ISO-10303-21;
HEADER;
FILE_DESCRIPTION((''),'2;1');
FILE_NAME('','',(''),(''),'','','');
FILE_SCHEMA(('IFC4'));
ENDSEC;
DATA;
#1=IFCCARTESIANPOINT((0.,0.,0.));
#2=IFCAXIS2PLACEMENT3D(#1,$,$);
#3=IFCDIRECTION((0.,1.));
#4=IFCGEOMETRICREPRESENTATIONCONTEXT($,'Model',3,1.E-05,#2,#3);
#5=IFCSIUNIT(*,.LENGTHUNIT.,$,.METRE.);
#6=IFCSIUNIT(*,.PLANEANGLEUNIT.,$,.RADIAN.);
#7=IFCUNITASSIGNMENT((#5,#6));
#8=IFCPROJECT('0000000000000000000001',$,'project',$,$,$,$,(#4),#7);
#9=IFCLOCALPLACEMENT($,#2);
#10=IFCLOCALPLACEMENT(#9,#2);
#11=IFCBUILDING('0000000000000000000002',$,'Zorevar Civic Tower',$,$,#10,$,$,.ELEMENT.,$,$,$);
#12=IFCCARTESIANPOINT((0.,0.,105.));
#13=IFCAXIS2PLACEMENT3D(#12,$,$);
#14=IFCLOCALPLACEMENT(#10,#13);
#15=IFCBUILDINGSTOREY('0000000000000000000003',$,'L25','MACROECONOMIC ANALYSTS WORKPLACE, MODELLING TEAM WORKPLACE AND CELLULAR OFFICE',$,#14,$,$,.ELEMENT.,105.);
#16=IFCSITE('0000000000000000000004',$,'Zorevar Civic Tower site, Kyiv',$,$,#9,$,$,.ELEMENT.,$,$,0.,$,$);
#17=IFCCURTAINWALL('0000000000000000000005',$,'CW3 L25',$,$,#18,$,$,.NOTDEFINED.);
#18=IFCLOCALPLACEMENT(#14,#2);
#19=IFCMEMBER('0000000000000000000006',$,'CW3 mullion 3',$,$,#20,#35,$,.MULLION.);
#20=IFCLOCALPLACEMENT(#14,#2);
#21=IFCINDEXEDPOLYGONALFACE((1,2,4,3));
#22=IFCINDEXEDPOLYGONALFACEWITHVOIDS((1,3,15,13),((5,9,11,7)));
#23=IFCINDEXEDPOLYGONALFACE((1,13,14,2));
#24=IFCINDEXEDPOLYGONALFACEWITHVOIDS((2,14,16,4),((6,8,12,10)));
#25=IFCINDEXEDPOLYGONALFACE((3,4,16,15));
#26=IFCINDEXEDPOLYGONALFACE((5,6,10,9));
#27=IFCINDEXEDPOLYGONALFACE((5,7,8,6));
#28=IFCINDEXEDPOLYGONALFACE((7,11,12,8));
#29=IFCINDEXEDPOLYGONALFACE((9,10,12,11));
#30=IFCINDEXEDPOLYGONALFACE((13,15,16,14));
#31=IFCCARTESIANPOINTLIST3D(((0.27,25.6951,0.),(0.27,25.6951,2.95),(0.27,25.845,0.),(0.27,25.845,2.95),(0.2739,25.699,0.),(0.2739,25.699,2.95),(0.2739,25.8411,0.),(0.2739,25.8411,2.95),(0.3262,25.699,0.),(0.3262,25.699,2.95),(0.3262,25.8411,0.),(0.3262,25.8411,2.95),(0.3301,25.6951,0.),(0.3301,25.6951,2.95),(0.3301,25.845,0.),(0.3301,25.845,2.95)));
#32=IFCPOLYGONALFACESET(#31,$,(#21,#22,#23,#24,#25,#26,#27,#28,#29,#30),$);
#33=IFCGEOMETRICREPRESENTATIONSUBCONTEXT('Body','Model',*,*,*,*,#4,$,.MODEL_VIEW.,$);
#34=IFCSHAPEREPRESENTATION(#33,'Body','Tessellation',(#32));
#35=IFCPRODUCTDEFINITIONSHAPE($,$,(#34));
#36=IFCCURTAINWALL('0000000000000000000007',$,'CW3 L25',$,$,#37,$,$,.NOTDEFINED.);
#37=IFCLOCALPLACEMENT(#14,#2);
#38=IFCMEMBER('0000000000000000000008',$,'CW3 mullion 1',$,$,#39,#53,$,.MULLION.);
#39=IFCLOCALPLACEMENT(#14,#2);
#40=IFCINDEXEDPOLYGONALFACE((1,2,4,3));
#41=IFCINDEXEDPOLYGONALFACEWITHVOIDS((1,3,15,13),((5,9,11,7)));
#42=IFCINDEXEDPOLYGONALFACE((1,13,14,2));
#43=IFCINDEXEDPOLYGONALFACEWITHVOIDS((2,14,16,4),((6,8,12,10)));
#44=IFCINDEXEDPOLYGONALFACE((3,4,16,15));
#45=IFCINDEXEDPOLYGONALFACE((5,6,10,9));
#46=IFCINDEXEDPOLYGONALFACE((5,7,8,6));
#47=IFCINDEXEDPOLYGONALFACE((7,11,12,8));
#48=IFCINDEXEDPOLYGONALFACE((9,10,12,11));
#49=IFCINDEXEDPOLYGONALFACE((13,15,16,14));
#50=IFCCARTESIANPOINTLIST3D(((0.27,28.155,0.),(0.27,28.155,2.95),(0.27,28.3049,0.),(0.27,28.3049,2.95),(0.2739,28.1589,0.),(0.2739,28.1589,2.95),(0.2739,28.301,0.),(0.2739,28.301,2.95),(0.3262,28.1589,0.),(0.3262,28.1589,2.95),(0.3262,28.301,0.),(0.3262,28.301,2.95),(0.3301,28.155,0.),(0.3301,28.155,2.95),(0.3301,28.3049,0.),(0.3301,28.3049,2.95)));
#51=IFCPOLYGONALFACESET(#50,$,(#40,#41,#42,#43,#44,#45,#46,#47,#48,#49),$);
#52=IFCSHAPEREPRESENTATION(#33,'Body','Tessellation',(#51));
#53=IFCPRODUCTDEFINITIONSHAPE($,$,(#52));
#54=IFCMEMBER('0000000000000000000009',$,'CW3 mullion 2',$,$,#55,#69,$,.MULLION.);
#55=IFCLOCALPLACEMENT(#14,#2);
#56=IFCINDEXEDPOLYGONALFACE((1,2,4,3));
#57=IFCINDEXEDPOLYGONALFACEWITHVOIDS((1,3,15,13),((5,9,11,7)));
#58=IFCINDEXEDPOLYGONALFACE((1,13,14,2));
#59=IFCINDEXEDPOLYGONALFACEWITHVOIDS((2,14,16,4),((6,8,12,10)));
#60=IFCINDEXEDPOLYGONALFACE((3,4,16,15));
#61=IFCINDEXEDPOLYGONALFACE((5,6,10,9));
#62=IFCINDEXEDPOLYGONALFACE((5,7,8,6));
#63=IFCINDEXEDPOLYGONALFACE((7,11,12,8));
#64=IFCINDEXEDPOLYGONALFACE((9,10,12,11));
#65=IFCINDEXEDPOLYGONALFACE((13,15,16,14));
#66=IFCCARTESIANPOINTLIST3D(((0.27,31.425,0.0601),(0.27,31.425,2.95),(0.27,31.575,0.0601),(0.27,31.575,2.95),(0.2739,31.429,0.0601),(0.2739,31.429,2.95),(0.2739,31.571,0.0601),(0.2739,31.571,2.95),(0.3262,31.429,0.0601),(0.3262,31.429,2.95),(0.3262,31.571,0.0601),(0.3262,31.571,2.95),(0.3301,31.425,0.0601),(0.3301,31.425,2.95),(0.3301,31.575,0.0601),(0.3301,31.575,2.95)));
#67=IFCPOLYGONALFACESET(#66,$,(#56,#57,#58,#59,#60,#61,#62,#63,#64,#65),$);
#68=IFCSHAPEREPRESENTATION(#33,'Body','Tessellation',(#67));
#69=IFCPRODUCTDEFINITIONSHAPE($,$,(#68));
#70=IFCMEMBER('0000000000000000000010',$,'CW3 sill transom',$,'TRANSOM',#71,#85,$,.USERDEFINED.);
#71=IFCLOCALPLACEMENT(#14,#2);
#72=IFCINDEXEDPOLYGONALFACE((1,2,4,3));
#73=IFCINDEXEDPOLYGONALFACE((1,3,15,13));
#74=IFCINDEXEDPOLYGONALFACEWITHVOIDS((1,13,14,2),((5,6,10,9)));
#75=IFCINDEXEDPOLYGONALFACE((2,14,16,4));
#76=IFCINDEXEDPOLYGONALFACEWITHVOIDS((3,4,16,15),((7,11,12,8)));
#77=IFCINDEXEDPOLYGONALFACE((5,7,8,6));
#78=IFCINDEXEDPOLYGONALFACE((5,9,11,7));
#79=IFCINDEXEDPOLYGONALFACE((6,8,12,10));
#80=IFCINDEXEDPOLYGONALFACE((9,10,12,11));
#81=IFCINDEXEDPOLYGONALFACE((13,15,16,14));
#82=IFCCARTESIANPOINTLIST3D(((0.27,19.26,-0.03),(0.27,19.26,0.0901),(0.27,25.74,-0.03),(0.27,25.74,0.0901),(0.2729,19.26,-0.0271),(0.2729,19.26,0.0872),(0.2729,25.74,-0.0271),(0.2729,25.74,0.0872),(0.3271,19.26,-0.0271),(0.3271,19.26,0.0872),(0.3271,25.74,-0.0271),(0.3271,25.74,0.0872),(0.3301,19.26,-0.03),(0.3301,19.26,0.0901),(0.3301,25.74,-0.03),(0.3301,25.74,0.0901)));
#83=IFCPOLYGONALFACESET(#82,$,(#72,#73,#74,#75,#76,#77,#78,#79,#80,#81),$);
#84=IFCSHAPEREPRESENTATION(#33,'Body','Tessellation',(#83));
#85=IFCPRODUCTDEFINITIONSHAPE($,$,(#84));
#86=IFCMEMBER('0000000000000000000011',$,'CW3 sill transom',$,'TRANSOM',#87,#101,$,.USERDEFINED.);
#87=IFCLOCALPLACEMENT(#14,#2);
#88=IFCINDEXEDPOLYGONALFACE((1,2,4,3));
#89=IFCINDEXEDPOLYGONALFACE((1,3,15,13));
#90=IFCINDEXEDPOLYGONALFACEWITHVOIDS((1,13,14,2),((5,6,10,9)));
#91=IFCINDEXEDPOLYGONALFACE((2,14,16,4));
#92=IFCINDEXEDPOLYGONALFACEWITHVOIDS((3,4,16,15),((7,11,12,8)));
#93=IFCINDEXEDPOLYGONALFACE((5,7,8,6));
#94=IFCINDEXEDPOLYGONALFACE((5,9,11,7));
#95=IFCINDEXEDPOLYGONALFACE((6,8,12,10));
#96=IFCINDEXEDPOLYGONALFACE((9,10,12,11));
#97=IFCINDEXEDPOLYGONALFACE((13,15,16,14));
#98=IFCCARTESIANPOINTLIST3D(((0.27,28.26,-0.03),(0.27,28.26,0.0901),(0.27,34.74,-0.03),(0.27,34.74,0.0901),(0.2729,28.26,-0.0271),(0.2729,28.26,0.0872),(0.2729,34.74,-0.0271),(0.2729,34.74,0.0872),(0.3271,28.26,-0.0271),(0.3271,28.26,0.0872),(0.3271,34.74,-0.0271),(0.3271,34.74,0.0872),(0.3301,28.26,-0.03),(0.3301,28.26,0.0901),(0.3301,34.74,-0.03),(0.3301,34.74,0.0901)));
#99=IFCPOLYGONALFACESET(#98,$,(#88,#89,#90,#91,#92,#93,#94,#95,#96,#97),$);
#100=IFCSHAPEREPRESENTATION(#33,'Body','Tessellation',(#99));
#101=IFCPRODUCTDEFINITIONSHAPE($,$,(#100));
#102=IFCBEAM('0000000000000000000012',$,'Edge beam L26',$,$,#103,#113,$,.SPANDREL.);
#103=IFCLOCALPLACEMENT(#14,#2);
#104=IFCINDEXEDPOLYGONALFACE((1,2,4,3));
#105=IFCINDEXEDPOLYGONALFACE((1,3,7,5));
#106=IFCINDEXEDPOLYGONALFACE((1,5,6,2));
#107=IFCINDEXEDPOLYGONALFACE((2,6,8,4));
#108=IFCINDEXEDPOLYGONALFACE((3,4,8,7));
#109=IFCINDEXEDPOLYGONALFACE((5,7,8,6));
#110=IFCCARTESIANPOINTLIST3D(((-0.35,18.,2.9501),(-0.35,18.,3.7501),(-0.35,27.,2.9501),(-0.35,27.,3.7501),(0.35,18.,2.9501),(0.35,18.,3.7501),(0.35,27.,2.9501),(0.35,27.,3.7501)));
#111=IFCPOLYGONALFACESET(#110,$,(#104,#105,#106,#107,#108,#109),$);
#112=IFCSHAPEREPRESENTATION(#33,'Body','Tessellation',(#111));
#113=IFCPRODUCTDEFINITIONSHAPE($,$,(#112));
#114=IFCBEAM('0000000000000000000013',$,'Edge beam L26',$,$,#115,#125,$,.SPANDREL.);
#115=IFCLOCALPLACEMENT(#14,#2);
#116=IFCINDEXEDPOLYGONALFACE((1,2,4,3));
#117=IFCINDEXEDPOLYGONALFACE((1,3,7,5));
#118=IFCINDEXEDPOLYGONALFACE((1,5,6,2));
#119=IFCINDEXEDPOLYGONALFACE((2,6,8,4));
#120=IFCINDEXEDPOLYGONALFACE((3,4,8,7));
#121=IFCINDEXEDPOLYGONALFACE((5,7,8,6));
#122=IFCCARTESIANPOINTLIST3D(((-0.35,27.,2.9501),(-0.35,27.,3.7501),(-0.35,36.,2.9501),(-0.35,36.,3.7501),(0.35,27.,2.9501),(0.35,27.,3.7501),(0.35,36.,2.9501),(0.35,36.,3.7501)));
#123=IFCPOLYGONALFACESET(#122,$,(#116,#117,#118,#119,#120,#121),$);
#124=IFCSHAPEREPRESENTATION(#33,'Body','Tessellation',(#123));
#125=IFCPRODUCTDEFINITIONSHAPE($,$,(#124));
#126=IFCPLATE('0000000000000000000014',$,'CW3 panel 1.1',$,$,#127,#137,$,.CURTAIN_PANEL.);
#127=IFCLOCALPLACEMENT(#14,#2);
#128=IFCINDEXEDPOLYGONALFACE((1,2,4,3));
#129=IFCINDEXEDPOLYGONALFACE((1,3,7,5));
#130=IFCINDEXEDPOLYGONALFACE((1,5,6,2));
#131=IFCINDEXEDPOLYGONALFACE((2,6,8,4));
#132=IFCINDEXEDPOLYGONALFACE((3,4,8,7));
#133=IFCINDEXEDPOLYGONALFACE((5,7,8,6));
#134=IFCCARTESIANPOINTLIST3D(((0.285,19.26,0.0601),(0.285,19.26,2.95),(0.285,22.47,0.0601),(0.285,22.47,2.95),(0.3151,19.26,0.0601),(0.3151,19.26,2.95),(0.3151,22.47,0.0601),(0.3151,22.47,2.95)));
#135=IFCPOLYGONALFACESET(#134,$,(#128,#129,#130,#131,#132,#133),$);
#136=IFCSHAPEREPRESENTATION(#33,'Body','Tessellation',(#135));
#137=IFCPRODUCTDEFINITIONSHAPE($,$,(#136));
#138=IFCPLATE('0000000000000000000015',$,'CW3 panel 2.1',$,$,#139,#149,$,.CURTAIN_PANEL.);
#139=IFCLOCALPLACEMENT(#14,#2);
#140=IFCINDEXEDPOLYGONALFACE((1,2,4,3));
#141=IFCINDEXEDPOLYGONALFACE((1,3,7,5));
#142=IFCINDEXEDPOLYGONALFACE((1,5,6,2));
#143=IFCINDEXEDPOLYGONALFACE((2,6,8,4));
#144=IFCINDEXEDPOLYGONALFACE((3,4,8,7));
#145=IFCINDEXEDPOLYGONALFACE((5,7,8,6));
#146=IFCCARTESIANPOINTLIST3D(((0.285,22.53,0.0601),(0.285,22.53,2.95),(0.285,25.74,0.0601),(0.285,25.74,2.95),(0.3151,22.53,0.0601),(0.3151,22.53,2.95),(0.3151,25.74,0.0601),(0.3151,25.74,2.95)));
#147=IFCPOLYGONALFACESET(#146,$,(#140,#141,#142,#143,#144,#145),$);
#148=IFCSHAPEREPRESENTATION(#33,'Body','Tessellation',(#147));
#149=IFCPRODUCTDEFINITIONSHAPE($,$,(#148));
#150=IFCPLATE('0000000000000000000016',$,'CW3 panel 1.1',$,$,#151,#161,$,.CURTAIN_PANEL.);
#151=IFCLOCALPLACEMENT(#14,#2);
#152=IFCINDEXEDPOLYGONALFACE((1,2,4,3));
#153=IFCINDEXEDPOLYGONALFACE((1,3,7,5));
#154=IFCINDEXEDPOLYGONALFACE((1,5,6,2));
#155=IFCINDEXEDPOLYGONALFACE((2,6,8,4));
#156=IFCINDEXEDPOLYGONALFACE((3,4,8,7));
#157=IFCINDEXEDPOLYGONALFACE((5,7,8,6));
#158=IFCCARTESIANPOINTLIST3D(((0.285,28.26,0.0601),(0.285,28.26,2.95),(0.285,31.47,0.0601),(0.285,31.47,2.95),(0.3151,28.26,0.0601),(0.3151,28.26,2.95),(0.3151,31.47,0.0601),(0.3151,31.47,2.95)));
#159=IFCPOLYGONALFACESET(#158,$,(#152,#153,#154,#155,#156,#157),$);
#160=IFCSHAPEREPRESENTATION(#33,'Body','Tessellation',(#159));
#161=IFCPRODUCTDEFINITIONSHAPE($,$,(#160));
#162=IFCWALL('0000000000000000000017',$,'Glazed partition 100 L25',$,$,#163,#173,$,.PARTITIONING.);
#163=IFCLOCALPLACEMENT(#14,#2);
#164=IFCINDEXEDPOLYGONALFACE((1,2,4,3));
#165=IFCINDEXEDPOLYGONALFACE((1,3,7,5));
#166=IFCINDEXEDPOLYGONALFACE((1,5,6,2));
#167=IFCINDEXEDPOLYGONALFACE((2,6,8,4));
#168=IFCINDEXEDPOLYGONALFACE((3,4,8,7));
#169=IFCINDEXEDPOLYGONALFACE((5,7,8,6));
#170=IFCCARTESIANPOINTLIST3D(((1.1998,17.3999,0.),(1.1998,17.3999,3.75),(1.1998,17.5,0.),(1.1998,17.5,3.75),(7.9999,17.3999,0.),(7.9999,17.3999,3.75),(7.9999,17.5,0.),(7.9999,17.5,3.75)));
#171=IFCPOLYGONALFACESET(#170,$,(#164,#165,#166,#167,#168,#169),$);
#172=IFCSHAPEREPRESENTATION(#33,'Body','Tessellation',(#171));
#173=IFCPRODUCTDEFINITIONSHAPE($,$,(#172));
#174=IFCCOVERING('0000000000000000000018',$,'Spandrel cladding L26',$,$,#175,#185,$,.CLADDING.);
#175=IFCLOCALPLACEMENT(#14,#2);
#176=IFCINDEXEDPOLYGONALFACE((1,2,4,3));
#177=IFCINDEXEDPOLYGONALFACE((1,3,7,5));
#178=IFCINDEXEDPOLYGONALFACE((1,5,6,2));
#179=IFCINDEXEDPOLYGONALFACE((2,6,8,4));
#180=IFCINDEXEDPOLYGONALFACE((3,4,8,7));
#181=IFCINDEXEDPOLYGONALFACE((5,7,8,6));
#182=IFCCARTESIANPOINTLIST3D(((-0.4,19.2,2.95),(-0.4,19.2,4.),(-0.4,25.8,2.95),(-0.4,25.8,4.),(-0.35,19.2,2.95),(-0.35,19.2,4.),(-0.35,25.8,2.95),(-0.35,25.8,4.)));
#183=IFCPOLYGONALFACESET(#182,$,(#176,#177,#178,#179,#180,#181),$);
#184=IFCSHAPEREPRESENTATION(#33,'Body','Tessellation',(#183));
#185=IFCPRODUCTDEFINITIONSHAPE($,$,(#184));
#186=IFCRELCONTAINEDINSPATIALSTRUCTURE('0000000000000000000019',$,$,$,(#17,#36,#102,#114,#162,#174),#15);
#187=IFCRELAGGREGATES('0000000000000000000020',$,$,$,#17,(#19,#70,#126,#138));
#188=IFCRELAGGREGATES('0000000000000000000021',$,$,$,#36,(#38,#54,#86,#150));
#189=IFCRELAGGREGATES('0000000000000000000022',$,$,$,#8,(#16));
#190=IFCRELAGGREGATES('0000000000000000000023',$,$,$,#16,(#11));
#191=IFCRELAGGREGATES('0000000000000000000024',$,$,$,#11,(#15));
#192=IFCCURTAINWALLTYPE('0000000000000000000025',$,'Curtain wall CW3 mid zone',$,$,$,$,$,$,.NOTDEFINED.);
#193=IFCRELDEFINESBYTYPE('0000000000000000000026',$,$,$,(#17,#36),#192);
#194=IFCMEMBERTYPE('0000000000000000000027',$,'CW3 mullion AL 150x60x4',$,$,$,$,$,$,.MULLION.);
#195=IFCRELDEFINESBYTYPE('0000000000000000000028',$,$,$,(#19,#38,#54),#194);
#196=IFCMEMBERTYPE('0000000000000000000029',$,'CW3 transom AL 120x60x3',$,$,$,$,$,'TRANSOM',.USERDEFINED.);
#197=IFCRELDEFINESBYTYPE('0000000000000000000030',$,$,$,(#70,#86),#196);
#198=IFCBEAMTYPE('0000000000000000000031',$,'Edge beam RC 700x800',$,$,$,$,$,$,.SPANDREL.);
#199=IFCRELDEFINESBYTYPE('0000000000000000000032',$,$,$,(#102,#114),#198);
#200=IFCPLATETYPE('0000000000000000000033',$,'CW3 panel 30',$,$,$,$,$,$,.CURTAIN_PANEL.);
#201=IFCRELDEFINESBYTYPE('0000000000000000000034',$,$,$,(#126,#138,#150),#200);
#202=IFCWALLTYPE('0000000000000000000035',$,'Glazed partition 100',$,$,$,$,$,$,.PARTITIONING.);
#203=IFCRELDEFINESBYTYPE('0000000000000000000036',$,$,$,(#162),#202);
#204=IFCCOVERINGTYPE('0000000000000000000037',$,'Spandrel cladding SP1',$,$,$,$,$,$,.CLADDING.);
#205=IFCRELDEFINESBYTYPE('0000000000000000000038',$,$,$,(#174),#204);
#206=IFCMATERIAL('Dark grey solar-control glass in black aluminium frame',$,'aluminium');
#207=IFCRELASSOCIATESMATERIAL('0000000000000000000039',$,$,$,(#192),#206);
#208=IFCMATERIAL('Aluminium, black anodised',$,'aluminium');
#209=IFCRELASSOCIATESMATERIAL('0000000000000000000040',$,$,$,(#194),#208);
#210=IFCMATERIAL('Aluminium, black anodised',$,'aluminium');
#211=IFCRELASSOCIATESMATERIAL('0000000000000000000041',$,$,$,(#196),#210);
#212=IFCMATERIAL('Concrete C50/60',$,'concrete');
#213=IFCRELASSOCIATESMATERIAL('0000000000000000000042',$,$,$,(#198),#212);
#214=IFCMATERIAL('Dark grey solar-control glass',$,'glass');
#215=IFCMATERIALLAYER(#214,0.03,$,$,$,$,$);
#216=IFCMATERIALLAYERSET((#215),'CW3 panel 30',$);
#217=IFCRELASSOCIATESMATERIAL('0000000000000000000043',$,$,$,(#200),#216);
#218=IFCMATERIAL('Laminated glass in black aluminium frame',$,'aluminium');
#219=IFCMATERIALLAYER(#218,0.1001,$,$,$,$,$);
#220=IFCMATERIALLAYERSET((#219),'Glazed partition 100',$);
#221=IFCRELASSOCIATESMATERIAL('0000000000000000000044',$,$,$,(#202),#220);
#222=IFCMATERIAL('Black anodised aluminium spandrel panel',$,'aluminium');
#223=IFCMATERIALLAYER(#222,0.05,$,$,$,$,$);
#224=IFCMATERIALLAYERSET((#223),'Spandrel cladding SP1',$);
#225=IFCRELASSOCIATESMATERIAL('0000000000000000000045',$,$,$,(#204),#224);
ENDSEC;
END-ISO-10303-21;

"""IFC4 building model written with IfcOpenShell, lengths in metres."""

from ifc_helpers import new_model, si_unit, direction, frame, frame_2d, origin, origin_2d, place, context, subcontext, project, spatial, rectangle, hollow_rectangle, extrude, material, layer, layer_set, material_profile, profile_set, type_object, element, aggregate, save


model = new_model("IFC4")

# Units and contexts
model_context = context("Model", 3, precision=1e-05, world=origin(), true_north=direction((0.0, 1.0)))
body_context = subcontext(model_context, "Body", "Model", "MODEL_VIEW")
ifc_project = project(units=[si_unit("LENGTHUNIT", "METRE"), si_unit("PLANEANGLEUNIT", "RADIAN")], contexts=[model_context])

# Site, building, storey
site_placement = place(None, origin())
site = spatial("IfcSite", under=ifc_project, at=site_placement, Name="Zorevar Civic Tower site, Kyiv", CompositionType="ELEMENT", RefElevation=0.0)
building_placement = place(site_placement, origin())
building = spatial("IfcBuilding", under=site, at=building_placement, Name="Zorevar Civic Tower", CompositionType="ELEMENT")
storey_placement = place(building_placement, frame((0.0, 0.0, 105.0)))
storey = spatial("IfcBuildingStorey", under=building, at=storey_placement, Name="L25", Description="MACROECONOMIC ANALYSTS WORKPLACE, MODELLING TEAM WORKPLACE AND CELLULAR OFFICE", CompositionType="ELEMENT", Elevation=105.0)

# Shared definitions
ifc_material_1 = material(Name="Dark grey solar-control glass in black aluminium frame", Category="aluminium")
curtain_wall_type = type_object("IfcCurtainWallType", Name="Curtain wall CW3 mid zone", PredefinedType="NOTDEFINED", material=ifc_material_1)
ifc_material_2 = material(Name="Aluminium, black anodised", Category="aluminium")
ifc_material_profile_1 = material_profile(ifc_material_2, hollow_rectangle(XDim=0.0601, YDim=0.1499, WallThickness=0.0039, at=origin_2d()), Name="AL 150x60x4")
ifc_profile_set_1 = profile_set([ifc_material_profile_1], Name="Aluminium, black anodised")
member_type_1 = type_object("IfcMemberType", Name="CW3 mullion AL 150x60x4", PredefinedType="MULLION", material=ifc_profile_set_1)

# Curtain walls, members
curtain_wall_1_placement = place(storey_placement, origin())
curtain_wall_1 = element("IfcCurtainWall", 1, at=curtain_wall_1_placement, inside=storey, type_object=curtain_wall_type, Name="CW3 L25", PredefinedType="NOTDEFINED")
member_1_placement = place(storey_placement, frame((0.3, 25.77, 0.0), z_axis=(0.0, 0.0, 1.0), x_axis=(-1.0, 0.0, 0.0)))
member_1 = element("IfcMember", 2, at=member_1_placement, type_object=member_type_1, Name="CW3 mullion 3", PredefinedType="MULLION", context=body_context, shape_type="SweptSolid", body=[
    extrude(hollow_rectangle(XDim=0.0601, YDim=0.1499, WallThickness=0.0039, at=origin_2d()), origin(), (0.0, 0.0, 1.0), 2.95),
])
curtain_wall_2_placement = place(storey_placement, origin())
curtain_wall_2 = element("IfcCurtainWall", 3, at=curtain_wall_2_placement, inside=storey, type_object=curtain_wall_type, Name="CW3 L25", PredefinedType="NOTDEFINED")
member_2_placement = place(storey_placement, frame((0.3, 28.23, 0.0), z_axis=(0.0, 0.0, 1.0), x_axis=(-1.0, 0.0, 0.0)))
member_2 = element("IfcMember", 4, at=member_2_placement, type_object=member_type_1, Name="CW3 mullion 1", PredefinedType="MULLION", context=body_context, shape_type="SweptSolid", body=[
    extrude(hollow_rectangle(XDim=0.0601, YDim=0.1499, WallThickness=0.0039, at=origin_2d()), origin(), (0.0, 0.0, 1.0), 2.95),
])
member_3_placement = place(storey_placement, frame((0.3, 31.5, 0.0601), z_axis=(0.0, 0.0, 1.0), x_axis=(-1.0, 0.0, 0.0)))
member_3 = element("IfcMember", 5, at=member_3_placement, type_object=member_type_1, Name="CW3 mullion 2", PredefinedType="MULLION", context=body_context, shape_type="SweptSolid", body=[
    extrude(hollow_rectangle(XDim=0.0601, YDim=0.1499, WallThickness=0.0039, at=origin_2d()), origin(), (0.0, 0.0, 1.0), 2.8899),
])

# Members
ifc_material_3 = material(Name="Aluminium, black anodised", Category="aluminium")
ifc_material_profile_2 = material_profile(ifc_material_3, hollow_rectangle(XDim=0.0601, YDim=0.1201, WallThickness=0.0029, at=origin_2d()), Name="AL 120x60x3")
ifc_profile_set_2 = profile_set([ifc_material_profile_2], Name="Aluminium, black anodised")
member_type_2 = type_object("IfcMemberType", Name="CW3 transom AL 120x60x3", ElementType="TRANSOM", PredefinedType="USERDEFINED", material=ifc_profile_set_2)
member_4_placement = place(storey_placement, frame((0.3, 19.26, 0.03), z_axis=(0.0, 1.0, 0.0), x_axis=(-1.0, 0.0, 0.0)))
member_4 = element("IfcMember", 6, at=member_4_placement, type_object=member_type_2, Name="CW3 sill transom", ObjectType="TRANSOM", PredefinedType="USERDEFINED", context=body_context, shape_type="SweptSolid", body=[
    extrude(hollow_rectangle(XDim=0.0601, YDim=0.1201, WallThickness=0.0029, at=origin_2d()), origin(), (0.0, 0.0, 1.0), 6.48),
])
member_5_placement = place(storey_placement, frame((0.3, 28.26, 0.03), z_axis=(0.0, 1.0, 0.0), x_axis=(-1.0, 0.0, 0.0)))
member_5 = element("IfcMember", 7, at=member_5_placement, type_object=member_type_2, Name="CW3 sill transom", ObjectType="TRANSOM", PredefinedType="USERDEFINED", context=body_context, shape_type="SweptSolid", body=[
    extrude(hollow_rectangle(XDim=0.0601, YDim=0.1201, WallThickness=0.0029, at=origin_2d()), origin(), (0.0, 0.0, 1.0), 6.48),
])

# Beams
ifc_material_4 = material(Name="Concrete C50/60", Category="concrete")
ifc_material_profile_3 = material_profile(ifc_material_4, rectangle(XDim=0.7, YDim=0.8, at=origin_2d()), Name="RC 700x800")
ifc_profile_set_3 = profile_set([ifc_material_profile_3], Name="Concrete C50/60")
beam_type_1 = type_object("IfcBeamType", Name="Edge beam RC 700x800", PredefinedType="SPANDREL", material=ifc_profile_set_3)
for number, where, z_axis, x_axis, name in (
    (8, (0.0, 18.0, 3.3501), (0.0, 1.0, 0.0), (-1.0, 0.0, 0.0), "Edge beam L26"),
    (9, (0.0, 27.0, 3.3501), (0.0, 1.0, 0.0), (-1.0, 0.0, 0.0), "Edge beam L26"),
):
    element("IfcBeam", number, at=place(storey_placement, frame(where, z_axis=z_axis, x_axis=x_axis)), inside=storey, type_object=beam_type_1, Name=name, PredefinedType="SPANDREL", context=body_context, shape_type="SweptSolid", body=[
        extrude(rectangle(XDim=0.7, YDim=0.8, at=origin_2d()), origin(), (0.0, 0.0, 1.0), 9.0),
    ])

# Plates
ifc_material_5 = material(Name="Dark grey solar-control glass", Category="glass")
ifc_layer_1 = layer(ifc_material_5, 0.03)
ifc_layer_set_1 = layer_set([ifc_layer_1], Name="CW3 panel 30")
plate_type = type_object("IfcPlateType", Name="CW3 panel 30", PredefinedType="CURTAIN_PANEL", material=ifc_layer_set_1)
plate_1_placement = place(storey_placement, frame((0.3, 20.865, 0.0601), z_axis=(0.0, 0.0, 1.0), x_axis=(0.0, 1.0, 0.0)))
plate_1 = element("IfcPlate", 10, at=plate_1_placement, type_object=plate_type, Name="CW3 panel 1.1", PredefinedType="CURTAIN_PANEL", context=body_context, shape_type="SweptSolid", body=[
    extrude(rectangle(XDim=3.21, YDim=0.03, at=origin_2d()), origin(), (0.0, 0.0, 1.0), 2.8899),
])
plate_2_placement = place(storey_placement, frame((0.3, 24.135, 0.0601), z_axis=(0.0, 0.0, 1.0), x_axis=(0.0, 1.0, 0.0)))
plate_2 = element("IfcPlate", 11, at=plate_2_placement, type_object=plate_type, Name="CW3 panel 2.1", PredefinedType="CURTAIN_PANEL", context=body_context, shape_type="SweptSolid", body=[
    extrude(rectangle(XDim=3.21, YDim=0.03, at=origin_2d()), origin(), (0.0, 0.0, 1.0), 2.8899),
])
aggregate(curtain_wall_1, [member_1, member_4, plate_1, plate_2])
plate_3_placement = place(storey_placement, frame((0.3, 29.865, 0.0601), z_axis=(0.0, 0.0, 1.0), x_axis=(0.0, 1.0, 0.0)))
plate_3 = element("IfcPlate", 12, at=plate_3_placement, type_object=plate_type, Name="CW3 panel 1.1", PredefinedType="CURTAIN_PANEL", context=body_context, shape_type="SweptSolid", body=[
    extrude(rectangle(XDim=3.21, YDim=0.03, at=origin_2d()), origin(), (0.0, 0.0, 1.0), 2.8899),
])
aggregate(curtain_wall_2, [member_2, member_3, member_5, plate_3])

# Wall
ifc_material_6 = material(Name="Laminated glass in black aluminium frame", Category="aluminium")
ifc_layer_2 = layer(ifc_material_6, 0.1001)
ifc_layer_set_2 = layer_set([ifc_layer_2], Name="Glazed partition 100")
wall_type = type_object("IfcWallType", Name="Glazed partition 100", PredefinedType="PARTITIONING", material=ifc_layer_set_2)
wall_placement = place(storey_placement, frame((1.2, 17.45, 0.0), z_axis=(0.0, 0.0, 1.0), x_axis=(1.0, 0.0, 0.0)))
element("IfcWall", 13, at=wall_placement, inside=storey, type_object=wall_type, Name="Glazed partition 100 L25", PredefinedType="PARTITIONING", context=body_context, shape_type="SweptSolid", body=[
    extrude(rectangle(XDim=6.8, YDim=0.1001, at=frame_2d((3.3999, 0.0))), origin(), (0.0, 0.0, 1.0), 3.75),
])

# Covering
ifc_material_7 = material(Name="Black anodised aluminium spandrel panel", Category="aluminium")
ifc_layer_3 = layer(ifc_material_7, 0.05)
ifc_layer_set_3 = layer_set([ifc_layer_3], Name="Spandrel cladding SP1")
covering_type = type_object("IfcCoveringType", Name="Spandrel cladding SP1", PredefinedType="CLADDING", material=ifc_layer_set_3)
for number, where, z_axis, x_axis, name in (
    (14, (-0.375, 19.2, 2.95), (0.0, 0.0, 1.0), (0.0, 1.0, 0.0), "Spandrel cladding L26"),
):
    element("IfcCovering", number, at=place(storey_placement, frame(where, z_axis=z_axis, x_axis=x_axis)), inside=storey, type_object=covering_type, Name=name, PredefinedType="CLADDING", context=body_context, shape_type="SweptSolid", body=[
        extrude(rectangle(XDim=6.6001, YDim=0.05, at=frame_2d((3.3, 0.0))), origin(), (0.0, 0.0, 1.0), 1.05),
    ])

save(model, "model.ifc")
